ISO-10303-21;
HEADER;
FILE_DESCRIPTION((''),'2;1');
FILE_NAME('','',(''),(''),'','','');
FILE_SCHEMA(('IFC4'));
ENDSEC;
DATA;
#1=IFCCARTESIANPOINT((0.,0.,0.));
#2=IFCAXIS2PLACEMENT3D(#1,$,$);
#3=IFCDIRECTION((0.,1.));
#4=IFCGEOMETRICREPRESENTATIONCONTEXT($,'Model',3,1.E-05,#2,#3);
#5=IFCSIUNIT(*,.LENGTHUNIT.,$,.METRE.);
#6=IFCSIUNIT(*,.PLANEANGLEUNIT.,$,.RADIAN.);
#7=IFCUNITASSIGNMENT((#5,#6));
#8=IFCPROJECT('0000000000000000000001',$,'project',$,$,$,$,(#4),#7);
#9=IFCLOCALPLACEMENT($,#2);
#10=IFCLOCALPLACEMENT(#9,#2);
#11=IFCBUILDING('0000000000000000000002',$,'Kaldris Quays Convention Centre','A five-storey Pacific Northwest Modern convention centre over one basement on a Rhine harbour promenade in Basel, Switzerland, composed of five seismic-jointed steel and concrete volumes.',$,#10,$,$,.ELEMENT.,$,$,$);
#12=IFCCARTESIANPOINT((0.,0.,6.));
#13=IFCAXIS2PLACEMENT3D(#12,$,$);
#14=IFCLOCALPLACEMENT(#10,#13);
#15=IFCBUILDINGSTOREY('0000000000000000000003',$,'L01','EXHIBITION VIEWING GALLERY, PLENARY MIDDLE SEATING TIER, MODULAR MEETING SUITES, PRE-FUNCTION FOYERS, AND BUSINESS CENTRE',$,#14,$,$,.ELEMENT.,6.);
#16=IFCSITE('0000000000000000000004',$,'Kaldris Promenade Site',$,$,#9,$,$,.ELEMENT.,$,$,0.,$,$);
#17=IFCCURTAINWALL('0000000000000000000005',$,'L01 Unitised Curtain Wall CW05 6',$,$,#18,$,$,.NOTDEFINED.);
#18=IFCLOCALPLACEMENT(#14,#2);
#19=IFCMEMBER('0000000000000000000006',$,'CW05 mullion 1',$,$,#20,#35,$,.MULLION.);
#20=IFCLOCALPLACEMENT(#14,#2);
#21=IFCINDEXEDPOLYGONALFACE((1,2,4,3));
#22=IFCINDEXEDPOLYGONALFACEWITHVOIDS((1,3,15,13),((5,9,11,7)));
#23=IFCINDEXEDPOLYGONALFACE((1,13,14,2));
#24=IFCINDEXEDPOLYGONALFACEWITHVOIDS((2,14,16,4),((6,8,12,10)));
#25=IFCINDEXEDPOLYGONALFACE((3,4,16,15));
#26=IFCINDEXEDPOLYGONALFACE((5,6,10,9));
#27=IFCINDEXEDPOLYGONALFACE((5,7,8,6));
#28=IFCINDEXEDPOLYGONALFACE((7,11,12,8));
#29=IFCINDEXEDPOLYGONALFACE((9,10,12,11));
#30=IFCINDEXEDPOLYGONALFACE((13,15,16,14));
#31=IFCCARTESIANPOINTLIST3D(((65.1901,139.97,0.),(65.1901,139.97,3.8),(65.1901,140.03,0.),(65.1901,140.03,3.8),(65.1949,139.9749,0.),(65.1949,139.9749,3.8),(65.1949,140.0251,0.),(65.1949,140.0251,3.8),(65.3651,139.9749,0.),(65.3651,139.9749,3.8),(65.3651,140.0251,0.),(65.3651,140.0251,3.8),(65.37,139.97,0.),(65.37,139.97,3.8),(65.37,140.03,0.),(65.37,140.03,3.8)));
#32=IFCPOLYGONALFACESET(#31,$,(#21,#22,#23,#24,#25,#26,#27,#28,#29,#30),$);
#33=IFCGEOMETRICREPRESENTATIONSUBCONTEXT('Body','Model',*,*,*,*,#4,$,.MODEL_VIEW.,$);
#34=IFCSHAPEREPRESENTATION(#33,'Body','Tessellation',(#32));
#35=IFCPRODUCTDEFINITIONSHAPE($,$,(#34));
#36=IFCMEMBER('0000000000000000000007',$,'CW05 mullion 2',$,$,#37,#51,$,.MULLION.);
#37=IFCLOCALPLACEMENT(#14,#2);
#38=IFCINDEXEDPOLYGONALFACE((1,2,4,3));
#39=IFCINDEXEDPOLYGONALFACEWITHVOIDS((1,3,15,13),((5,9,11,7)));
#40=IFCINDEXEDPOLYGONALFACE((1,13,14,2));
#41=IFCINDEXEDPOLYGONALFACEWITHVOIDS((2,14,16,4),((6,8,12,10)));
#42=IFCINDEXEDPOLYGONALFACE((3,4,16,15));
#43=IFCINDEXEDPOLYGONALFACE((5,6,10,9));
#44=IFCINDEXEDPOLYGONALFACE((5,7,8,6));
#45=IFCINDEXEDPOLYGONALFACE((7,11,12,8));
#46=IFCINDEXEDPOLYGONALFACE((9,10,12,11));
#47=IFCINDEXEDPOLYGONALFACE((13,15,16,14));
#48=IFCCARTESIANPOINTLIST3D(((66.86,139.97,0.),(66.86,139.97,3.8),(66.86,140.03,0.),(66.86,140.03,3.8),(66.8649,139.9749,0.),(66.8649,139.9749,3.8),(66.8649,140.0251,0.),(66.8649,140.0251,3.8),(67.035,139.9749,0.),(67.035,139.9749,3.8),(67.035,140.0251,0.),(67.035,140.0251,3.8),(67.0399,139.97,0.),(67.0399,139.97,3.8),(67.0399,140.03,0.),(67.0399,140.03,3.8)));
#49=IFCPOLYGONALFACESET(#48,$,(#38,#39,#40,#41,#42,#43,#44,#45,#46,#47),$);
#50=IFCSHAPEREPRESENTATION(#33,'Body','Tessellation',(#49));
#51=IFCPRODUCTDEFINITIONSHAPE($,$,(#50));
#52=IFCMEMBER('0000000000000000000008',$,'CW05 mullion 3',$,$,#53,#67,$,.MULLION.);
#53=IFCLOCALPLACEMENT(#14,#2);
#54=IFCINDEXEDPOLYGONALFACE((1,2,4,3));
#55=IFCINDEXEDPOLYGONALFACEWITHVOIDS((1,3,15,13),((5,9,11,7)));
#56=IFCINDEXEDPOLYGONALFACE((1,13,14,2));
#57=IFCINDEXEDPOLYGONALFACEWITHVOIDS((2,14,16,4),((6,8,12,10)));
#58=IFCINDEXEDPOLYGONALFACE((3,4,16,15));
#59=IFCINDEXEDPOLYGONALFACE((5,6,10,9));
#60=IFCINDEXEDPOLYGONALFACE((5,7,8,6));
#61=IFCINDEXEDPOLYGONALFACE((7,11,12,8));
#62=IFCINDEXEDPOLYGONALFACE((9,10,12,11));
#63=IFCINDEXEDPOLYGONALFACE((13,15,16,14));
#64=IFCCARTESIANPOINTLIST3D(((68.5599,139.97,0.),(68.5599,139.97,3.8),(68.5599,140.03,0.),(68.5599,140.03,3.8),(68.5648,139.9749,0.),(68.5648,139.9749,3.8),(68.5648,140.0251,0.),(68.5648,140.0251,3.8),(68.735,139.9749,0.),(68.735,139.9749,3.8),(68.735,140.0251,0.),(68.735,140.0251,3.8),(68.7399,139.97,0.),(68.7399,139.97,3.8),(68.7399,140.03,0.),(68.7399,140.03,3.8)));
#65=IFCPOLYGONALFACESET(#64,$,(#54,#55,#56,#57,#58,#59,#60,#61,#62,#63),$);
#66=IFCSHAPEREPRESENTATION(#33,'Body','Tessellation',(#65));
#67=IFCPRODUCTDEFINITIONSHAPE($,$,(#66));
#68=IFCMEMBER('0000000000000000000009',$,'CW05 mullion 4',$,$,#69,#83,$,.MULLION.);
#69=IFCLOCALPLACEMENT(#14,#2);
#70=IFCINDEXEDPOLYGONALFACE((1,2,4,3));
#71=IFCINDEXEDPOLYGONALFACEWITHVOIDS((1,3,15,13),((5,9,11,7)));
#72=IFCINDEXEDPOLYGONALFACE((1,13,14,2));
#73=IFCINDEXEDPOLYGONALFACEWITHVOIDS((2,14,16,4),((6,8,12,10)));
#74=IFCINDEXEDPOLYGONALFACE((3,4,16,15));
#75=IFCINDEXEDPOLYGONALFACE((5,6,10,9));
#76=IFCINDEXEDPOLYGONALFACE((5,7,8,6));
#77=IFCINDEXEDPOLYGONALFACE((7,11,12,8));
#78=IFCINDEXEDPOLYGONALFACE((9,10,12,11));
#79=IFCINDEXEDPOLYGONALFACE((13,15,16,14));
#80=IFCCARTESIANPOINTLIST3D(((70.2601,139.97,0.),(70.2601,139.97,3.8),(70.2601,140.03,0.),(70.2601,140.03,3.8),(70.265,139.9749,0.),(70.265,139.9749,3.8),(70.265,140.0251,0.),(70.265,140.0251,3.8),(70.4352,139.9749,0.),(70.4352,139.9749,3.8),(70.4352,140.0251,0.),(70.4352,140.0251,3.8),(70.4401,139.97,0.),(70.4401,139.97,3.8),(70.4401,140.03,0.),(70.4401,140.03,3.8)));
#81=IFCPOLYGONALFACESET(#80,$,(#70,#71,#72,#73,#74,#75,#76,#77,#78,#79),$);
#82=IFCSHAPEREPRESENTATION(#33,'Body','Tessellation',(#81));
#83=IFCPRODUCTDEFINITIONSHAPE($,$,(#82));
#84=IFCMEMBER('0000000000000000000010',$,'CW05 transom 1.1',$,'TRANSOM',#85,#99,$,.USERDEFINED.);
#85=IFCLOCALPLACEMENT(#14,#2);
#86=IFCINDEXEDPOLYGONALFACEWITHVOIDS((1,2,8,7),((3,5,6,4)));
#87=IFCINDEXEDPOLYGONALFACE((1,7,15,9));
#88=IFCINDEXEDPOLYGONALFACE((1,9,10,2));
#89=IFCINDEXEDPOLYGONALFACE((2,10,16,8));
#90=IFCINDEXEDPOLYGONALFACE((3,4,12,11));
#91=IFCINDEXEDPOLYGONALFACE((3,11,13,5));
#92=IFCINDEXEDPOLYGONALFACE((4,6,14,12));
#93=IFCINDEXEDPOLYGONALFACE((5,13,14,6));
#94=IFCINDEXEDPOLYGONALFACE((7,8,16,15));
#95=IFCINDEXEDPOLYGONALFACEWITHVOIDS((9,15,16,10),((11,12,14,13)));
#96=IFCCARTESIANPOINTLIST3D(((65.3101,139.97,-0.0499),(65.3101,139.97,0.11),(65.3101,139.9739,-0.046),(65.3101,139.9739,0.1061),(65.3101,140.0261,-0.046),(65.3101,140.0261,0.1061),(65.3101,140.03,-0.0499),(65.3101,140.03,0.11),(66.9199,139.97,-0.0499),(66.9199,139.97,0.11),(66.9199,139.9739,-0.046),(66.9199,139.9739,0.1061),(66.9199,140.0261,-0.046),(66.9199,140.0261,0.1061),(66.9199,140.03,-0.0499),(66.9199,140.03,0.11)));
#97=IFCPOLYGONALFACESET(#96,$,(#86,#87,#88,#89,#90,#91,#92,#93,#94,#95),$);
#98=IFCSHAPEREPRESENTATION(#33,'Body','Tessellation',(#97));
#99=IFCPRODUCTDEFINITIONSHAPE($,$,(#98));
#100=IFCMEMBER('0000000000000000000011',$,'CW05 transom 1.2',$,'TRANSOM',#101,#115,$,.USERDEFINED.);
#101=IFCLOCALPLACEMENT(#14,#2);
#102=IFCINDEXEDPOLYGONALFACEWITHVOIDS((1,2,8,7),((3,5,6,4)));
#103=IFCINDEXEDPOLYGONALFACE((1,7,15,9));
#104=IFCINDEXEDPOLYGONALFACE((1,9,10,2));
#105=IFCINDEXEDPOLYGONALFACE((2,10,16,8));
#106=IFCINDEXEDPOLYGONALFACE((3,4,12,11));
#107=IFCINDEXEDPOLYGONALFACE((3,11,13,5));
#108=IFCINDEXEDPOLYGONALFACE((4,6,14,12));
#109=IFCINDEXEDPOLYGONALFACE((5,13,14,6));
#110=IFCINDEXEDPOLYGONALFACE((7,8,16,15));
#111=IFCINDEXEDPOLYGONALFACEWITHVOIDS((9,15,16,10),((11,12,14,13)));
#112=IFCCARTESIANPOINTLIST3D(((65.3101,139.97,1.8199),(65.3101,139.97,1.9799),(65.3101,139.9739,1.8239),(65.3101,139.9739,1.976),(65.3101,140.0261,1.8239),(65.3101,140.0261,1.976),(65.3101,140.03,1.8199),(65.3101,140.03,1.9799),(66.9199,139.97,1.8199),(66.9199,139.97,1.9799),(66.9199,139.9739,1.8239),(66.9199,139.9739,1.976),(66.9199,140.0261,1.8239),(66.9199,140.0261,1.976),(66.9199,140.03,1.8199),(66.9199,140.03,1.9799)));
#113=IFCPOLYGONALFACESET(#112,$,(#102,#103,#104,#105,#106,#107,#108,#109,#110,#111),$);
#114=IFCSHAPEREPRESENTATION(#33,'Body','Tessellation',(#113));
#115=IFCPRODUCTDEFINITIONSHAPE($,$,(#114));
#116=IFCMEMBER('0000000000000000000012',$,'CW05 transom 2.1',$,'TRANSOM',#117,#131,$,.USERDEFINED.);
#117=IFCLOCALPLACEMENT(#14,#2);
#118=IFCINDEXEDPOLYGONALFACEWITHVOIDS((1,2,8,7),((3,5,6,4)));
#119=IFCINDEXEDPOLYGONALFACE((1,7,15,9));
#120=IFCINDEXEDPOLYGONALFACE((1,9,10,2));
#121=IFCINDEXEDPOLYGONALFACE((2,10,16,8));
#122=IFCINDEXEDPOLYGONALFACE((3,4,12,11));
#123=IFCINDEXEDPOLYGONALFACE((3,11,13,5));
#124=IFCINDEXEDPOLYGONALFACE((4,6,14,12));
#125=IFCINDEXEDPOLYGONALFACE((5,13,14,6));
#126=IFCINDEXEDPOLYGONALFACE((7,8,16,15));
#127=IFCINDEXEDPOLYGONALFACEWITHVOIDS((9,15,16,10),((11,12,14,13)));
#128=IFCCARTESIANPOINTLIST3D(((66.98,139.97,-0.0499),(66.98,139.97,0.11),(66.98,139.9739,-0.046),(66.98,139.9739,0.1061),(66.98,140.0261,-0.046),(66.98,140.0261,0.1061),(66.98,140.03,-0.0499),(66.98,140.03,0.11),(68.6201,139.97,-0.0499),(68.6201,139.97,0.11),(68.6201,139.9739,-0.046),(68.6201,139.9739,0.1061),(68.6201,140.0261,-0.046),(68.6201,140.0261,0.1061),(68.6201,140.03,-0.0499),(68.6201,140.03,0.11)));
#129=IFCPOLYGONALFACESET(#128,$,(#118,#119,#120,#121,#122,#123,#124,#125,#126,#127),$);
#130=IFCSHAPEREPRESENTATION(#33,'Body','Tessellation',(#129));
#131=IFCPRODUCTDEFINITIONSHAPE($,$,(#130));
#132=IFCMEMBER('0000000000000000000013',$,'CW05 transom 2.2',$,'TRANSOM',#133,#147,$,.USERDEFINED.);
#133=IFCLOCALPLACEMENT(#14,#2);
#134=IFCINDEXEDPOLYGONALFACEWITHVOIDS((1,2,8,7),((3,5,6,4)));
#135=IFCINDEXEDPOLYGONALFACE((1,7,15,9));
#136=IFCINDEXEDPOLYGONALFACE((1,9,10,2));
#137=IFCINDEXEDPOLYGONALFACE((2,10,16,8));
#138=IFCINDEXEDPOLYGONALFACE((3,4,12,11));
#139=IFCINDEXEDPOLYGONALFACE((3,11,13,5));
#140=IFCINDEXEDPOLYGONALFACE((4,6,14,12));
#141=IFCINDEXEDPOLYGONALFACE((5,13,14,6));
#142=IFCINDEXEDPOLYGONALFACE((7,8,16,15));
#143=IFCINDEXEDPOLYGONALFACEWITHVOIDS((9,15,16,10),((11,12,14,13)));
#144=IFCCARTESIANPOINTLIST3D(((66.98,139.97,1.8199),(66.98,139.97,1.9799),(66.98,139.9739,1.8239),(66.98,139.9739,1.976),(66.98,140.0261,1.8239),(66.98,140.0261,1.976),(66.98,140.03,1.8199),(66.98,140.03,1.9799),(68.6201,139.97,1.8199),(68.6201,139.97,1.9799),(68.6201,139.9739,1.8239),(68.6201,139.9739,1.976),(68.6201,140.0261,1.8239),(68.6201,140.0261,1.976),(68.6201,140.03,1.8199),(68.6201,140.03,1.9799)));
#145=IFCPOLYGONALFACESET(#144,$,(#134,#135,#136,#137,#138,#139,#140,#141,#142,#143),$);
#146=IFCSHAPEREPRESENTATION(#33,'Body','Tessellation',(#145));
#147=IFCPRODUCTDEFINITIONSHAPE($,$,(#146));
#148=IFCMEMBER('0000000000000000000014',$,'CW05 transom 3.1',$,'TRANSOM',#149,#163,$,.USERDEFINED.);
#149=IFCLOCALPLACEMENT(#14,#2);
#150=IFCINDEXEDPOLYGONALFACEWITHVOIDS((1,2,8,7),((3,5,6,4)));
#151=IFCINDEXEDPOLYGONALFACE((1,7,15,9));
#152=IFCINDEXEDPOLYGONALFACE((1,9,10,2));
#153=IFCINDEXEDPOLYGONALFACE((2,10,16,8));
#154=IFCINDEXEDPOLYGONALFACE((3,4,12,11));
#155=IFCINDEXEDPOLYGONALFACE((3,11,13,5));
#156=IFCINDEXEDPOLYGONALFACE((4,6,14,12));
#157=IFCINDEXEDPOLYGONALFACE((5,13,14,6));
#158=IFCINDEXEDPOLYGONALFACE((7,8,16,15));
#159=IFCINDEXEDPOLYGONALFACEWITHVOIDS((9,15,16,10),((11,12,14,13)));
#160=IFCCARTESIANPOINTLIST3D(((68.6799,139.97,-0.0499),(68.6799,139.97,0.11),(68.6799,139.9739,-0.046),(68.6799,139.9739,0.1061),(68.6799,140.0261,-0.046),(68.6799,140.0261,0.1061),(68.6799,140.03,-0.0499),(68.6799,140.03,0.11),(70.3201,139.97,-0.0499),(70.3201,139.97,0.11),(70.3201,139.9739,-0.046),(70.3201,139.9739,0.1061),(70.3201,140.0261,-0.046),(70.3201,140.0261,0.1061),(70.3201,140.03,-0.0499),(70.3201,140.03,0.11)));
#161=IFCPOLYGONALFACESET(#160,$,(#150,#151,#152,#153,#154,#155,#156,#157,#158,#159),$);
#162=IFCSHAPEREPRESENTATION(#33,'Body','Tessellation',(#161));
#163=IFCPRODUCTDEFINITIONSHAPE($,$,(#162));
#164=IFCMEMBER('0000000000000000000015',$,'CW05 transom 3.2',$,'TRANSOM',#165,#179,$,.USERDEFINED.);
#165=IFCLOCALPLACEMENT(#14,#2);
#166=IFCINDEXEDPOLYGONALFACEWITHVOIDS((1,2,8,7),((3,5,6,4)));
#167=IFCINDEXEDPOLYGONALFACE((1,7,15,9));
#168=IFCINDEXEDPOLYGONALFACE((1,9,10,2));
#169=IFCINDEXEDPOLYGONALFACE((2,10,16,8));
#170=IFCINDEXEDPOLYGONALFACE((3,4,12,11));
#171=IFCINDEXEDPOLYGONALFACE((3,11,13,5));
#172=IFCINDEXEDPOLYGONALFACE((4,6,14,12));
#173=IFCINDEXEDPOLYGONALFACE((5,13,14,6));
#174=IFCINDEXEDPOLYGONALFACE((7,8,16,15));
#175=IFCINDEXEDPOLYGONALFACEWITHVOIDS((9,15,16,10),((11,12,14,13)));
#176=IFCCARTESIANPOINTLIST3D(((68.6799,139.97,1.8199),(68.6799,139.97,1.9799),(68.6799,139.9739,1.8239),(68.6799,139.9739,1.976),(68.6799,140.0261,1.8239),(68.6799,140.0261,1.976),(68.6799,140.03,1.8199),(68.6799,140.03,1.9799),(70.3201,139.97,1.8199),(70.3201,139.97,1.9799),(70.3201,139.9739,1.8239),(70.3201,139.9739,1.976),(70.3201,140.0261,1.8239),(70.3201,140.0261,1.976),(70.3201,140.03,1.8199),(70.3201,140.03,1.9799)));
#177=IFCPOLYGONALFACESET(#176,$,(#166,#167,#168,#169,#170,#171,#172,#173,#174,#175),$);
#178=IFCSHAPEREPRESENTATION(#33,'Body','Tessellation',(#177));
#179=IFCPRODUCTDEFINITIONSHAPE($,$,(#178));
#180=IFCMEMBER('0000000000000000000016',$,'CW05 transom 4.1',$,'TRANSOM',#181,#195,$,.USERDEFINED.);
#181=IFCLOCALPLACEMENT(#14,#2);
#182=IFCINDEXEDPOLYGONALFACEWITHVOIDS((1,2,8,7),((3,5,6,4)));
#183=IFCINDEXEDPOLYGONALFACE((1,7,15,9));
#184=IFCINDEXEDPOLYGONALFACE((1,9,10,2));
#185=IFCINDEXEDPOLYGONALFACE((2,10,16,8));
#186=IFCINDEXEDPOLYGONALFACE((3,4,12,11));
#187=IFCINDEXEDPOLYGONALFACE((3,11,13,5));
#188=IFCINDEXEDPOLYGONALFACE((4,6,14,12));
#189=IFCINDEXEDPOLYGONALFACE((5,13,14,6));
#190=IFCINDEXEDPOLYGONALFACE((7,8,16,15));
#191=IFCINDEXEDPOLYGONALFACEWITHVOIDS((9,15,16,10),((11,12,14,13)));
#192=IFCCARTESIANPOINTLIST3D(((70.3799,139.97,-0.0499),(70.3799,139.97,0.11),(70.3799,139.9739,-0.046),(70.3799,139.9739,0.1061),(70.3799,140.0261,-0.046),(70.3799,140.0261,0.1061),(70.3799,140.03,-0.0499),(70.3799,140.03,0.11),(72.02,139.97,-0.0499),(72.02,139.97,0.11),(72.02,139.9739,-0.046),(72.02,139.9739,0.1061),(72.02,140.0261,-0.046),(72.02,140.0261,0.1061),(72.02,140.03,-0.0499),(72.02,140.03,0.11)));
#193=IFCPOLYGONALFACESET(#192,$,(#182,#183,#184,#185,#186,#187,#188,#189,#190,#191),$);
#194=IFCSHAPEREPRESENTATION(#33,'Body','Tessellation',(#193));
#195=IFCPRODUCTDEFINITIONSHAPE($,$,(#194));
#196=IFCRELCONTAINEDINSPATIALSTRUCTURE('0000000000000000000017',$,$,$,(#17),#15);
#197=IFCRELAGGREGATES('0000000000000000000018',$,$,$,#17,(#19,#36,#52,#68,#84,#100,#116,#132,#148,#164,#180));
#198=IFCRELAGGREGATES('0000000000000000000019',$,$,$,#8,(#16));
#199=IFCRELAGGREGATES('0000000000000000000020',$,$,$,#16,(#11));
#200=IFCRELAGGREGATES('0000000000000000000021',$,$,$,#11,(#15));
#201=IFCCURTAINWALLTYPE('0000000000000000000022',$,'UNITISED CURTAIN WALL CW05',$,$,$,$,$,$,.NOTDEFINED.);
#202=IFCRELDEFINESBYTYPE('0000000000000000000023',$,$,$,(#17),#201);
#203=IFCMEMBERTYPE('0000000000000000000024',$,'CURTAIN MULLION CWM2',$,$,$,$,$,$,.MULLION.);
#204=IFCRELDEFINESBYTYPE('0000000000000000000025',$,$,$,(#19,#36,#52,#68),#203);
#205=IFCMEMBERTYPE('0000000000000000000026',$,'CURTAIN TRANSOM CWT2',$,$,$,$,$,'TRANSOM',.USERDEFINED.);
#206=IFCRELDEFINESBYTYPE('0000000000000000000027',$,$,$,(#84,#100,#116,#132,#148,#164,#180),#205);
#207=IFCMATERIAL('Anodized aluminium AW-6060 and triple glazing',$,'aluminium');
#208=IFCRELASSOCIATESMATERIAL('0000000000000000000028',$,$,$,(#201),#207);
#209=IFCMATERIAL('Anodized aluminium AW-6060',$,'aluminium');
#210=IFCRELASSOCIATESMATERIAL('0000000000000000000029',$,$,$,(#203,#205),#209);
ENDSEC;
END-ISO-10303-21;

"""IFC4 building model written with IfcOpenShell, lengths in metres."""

from ifc_helpers import new_model, si_unit, direction, frame, origin, origin_2d, place, context, subcontext, project, spatial, hollow_rectangle, extrude, material, material_profile, profile_set, type_object, element, aggregate, save


model = new_model("IFC4")

# Units and contexts
model_context = context("Model", 3, precision=1e-05, world=origin(), true_north=direction((0.0, 1.0)))
body_context = subcontext(model_context, "Body", "Model", "MODEL_VIEW")
ifc_project = project(units=[si_unit("LENGTHUNIT", "METRE"), si_unit("PLANEANGLEUNIT", "RADIAN")], contexts=[model_context])

# Site, building, storey
site_placement = place(None, origin())
site = spatial("IfcSite", under=ifc_project, at=site_placement, Name="Kaldris Promenade Site", CompositionType="ELEMENT", RefElevation=0.0)
building_placement = place(site_placement, origin())
building = spatial("IfcBuilding", under=site, at=building_placement, Name="Kaldris Quays Convention Centre", Description="A five-storey Pacific Northwest Modern convention centre over one basement on a Rhine harbour promenade in Basel, Switzerland, composed of five seismic-jointed steel and concrete volumes.", CompositionType="ELEMENT")
storey_placement = place(building_placement, frame((0.0, 0.0, 6.0)))
storey = spatial("IfcBuildingStorey", under=building, at=storey_placement, Name="L01", Description="EXHIBITION VIEWING GALLERY, PLENARY MIDDLE SEATING TIER, MODULAR MEETING SUITES, PRE-FUNCTION FOYERS, AND BUSINESS CENTRE", CompositionType="ELEMENT", Elevation=6.0)

# Curtain wall, members
ifc_material_1 = material(Name="Anodized aluminium AW-6060 and triple glazing", Category="aluminium")
curtain_wall_type = type_object("IfcCurtainWallType", Name="UNITISED CURTAIN WALL CW05", PredefinedType="NOTDEFINED", material=ifc_material_1)
curtain_wall_placement = place(storey_placement, origin())
curtain_wall = element("IfcCurtainWall", 1, at=curtain_wall_placement, inside=storey, type_object=curtain_wall_type, Name="L01 Unitised Curtain Wall CW05 6", PredefinedType="NOTDEFINED")
ifc_material_2 = material(Name="Anodized aluminium AW-6060", Category="aluminium")
ifc_material_profile_1 = material_profile(ifc_material_2, hollow_rectangle(XDim=0.0601, YDim=0.1799, WallThickness=0.0049, at=origin_2d()), Name="RHS 180x60x5")
ifc_profile_set_1 = profile_set([ifc_material_profile_1], Name="Anodized aluminium AW-6060")
member_type_1 = type_object("IfcMemberType", Name="CURTAIN MULLION CWM2", PredefinedType="MULLION", material=ifc_profile_set_1)
member_1_placement = place(storey_placement, frame((65.28, 140.0, 0.0), z_axis=(0.0, 0.0, 1.0), x_axis=(0.0, 1.0, 0.0)))
member_1 = element("IfcMember", 2, at=member_1_placement, type_object=member_type_1, Name="CW05 mullion 1", PredefinedType="MULLION", context=body_context, shape_type="SweptSolid", body=[
    extrude(hollow_rectangle(XDim=0.0601, YDim=0.1799, WallThickness=0.0049, at=origin_2d()), origin(), (0.0, 0.0, 1.0), 3.8),
])
member_2_placement = place(storey_placement, frame((66.95, 140.0, 0.0), z_axis=(0.0, 0.0, 1.0), x_axis=(0.0, 1.0, 0.0)))
member_2 = element("IfcMember", 3, at=member_2_placement, type_object=member_type_1, Name="CW05 mullion 2", PredefinedType="MULLION", context=body_context, shape_type="SweptSolid", body=[
    extrude(hollow_rectangle(XDim=0.0601, YDim=0.1799, WallThickness=0.0049, at=origin_2d()), origin(), (0.0, 0.0, 1.0), 3.8),
])
member_3_placement = place(storey_placement, frame((68.6499, 140.0, 0.0), z_axis=(0.0, 0.0, 1.0), x_axis=(0.0, 1.0, 0.0)))
member_3 = element("IfcMember", 4, at=member_3_placement, type_object=member_type_1, Name="CW05 mullion 3", PredefinedType="MULLION", context=body_context, shape_type="SweptSolid", body=[
    extrude(hollow_rectangle(XDim=0.0601, YDim=0.1799, WallThickness=0.0049, at=origin_2d()), origin(), (0.0, 0.0, 1.0), 3.8),
])
member_4_placement = place(storey_placement, frame((70.3501, 140.0, 0.0), z_axis=(0.0, 0.0, 1.0), x_axis=(0.0, 1.0, 0.0)))
member_4 = element("IfcMember", 5, at=member_4_placement, type_object=member_type_1, Name="CW05 mullion 4", PredefinedType="MULLION", context=body_context, shape_type="SweptSolid", body=[
    extrude(hollow_rectangle(XDim=0.0601, YDim=0.1799, WallThickness=0.0049, at=origin_2d()), origin(), (0.0, 0.0, 1.0), 3.8),
])
ifc_material_profile_2 = material_profile(ifc_material_2, hollow_rectangle(XDim=0.0601, YDim=0.1599, WallThickness=0.0039, at=origin_2d()), Name="RHS 160x60x4")
ifc_profile_set_2 = profile_set([ifc_material_profile_2], Name="Anodized aluminium AW-6060")
member_type_2 = type_object("IfcMemberType", Name="CURTAIN TRANSOM CWT2", ElementType="TRANSOM", PredefinedType="USERDEFINED", material=ifc_profile_set_2)
member_5_placement = place(storey_placement, frame((65.3101, 140.0, 0.03), z_axis=(1.0, 0.0, 0.0), x_axis=(0.0, 1.0, 0.0)))
member_5 = element("IfcMember", 6, at=member_5_placement, type_object=member_type_2, Name="CW05 transom 1.1", ObjectType="TRANSOM", PredefinedType="USERDEFINED", context=body_context, shape_type="SweptSolid", body=[
    extrude(hollow_rectangle(XDim=0.0601, YDim=0.1599, WallThickness=0.0039, at=origin_2d()), origin(), (0.0, 0.0, 1.0), 1.6099),
])
member_6_placement = place(storey_placement, frame((65.3101, 140.0, 1.8999), z_axis=(1.0, 0.0, 0.0), x_axis=(0.0, 1.0, 0.0)))
member_6 = element("IfcMember", 7, at=member_6_placement, type_object=member_type_2, Name="CW05 transom 1.2", ObjectType="TRANSOM", PredefinedType="USERDEFINED", context=body_context, shape_type="SweptSolid", body=[
    extrude(hollow_rectangle(XDim=0.0601, YDim=0.1599, WallThickness=0.0039, at=origin_2d()), origin(), (0.0, 0.0, 1.0), 1.6099),
])
member_7_placement = place(storey_placement, frame((66.98, 140.0, 0.03), z_axis=(1.0, 0.0, 0.0), x_axis=(0.0, 1.0, 0.0)))
member_7 = element("IfcMember", 8, at=member_7_placement, type_object=member_type_2, Name="CW05 transom 2.1", ObjectType="TRANSOM", PredefinedType="USERDEFINED", context=body_context, shape_type="SweptSolid", body=[
    extrude(hollow_rectangle(XDim=0.0601, YDim=0.1599, WallThickness=0.0039, at=origin_2d()), origin(), (0.0, 0.0, 1.0), 1.6401),
])
member_8_placement = place(storey_placement, frame((66.98, 140.0, 1.8999), z_axis=(1.0, 0.0, 0.0), x_axis=(0.0, 1.0, 0.0)))
member_8 = element("IfcMember", 9, at=member_8_placement, type_object=member_type_2, Name="CW05 transom 2.2", ObjectType="TRANSOM", PredefinedType="USERDEFINED", context=body_context, shape_type="SweptSolid", body=[
    extrude(hollow_rectangle(XDim=0.0601, YDim=0.1599, WallThickness=0.0039, at=origin_2d()), origin(), (0.0, 0.0, 1.0), 1.6401),
])
member_9_placement = place(storey_placement, frame((68.6799, 140.0, 0.03), z_axis=(1.0, 0.0, 0.0), x_axis=(0.0, 1.0, 0.0)))
member_9 = element("IfcMember", 10, at=member_9_placement, type_object=member_type_2, Name="CW05 transom 3.1", ObjectType="TRANSOM", PredefinedType="USERDEFINED", context=body_context, shape_type="SweptSolid", body=[
    extrude(hollow_rectangle(XDim=0.0601, YDim=0.1599, WallThickness=0.0039, at=origin_2d()), origin(), (0.0, 0.0, 1.0), 1.6401),
])
member_10_placement = place(storey_placement, frame((68.6799, 140.0, 1.8999), z_axis=(1.0, 0.0, 0.0), x_axis=(0.0, 1.0, 0.0)))
member_10 = element("IfcMember", 11, at=member_10_placement, type_object=member_type_2, Name="CW05 transom 3.2", ObjectType="TRANSOM", PredefinedType="USERDEFINED", context=body_context, shape_type="SweptSolid", body=[
    extrude(hollow_rectangle(XDim=0.0601, YDim=0.1599, WallThickness=0.0039, at=origin_2d()), origin(), (0.0, 0.0, 1.0), 1.6401),
])
member_11_placement = place(storey_placement, frame((70.3799, 140.0, 0.03), z_axis=(1.0, 0.0, 0.0), x_axis=(0.0, 1.0, 0.0)))
member_11 = element("IfcMember", 12, at=member_11_placement, type_object=member_type_2, Name="CW05 transom 4.1", ObjectType="TRANSOM", PredefinedType="USERDEFINED", context=body_context, shape_type="SweptSolid", body=[
    extrude(hollow_rectangle(XDim=0.0601, YDim=0.1599, WallThickness=0.0039, at=origin_2d()), origin(), (0.0, 0.0, 1.0), 1.6401),
])
aggregate(curtain_wall, [member_1, member_2, member_3, member_4, member_5, member_6, member_7, member_8, member_9, member_10, member_11])

save(model, "model.ifc")
